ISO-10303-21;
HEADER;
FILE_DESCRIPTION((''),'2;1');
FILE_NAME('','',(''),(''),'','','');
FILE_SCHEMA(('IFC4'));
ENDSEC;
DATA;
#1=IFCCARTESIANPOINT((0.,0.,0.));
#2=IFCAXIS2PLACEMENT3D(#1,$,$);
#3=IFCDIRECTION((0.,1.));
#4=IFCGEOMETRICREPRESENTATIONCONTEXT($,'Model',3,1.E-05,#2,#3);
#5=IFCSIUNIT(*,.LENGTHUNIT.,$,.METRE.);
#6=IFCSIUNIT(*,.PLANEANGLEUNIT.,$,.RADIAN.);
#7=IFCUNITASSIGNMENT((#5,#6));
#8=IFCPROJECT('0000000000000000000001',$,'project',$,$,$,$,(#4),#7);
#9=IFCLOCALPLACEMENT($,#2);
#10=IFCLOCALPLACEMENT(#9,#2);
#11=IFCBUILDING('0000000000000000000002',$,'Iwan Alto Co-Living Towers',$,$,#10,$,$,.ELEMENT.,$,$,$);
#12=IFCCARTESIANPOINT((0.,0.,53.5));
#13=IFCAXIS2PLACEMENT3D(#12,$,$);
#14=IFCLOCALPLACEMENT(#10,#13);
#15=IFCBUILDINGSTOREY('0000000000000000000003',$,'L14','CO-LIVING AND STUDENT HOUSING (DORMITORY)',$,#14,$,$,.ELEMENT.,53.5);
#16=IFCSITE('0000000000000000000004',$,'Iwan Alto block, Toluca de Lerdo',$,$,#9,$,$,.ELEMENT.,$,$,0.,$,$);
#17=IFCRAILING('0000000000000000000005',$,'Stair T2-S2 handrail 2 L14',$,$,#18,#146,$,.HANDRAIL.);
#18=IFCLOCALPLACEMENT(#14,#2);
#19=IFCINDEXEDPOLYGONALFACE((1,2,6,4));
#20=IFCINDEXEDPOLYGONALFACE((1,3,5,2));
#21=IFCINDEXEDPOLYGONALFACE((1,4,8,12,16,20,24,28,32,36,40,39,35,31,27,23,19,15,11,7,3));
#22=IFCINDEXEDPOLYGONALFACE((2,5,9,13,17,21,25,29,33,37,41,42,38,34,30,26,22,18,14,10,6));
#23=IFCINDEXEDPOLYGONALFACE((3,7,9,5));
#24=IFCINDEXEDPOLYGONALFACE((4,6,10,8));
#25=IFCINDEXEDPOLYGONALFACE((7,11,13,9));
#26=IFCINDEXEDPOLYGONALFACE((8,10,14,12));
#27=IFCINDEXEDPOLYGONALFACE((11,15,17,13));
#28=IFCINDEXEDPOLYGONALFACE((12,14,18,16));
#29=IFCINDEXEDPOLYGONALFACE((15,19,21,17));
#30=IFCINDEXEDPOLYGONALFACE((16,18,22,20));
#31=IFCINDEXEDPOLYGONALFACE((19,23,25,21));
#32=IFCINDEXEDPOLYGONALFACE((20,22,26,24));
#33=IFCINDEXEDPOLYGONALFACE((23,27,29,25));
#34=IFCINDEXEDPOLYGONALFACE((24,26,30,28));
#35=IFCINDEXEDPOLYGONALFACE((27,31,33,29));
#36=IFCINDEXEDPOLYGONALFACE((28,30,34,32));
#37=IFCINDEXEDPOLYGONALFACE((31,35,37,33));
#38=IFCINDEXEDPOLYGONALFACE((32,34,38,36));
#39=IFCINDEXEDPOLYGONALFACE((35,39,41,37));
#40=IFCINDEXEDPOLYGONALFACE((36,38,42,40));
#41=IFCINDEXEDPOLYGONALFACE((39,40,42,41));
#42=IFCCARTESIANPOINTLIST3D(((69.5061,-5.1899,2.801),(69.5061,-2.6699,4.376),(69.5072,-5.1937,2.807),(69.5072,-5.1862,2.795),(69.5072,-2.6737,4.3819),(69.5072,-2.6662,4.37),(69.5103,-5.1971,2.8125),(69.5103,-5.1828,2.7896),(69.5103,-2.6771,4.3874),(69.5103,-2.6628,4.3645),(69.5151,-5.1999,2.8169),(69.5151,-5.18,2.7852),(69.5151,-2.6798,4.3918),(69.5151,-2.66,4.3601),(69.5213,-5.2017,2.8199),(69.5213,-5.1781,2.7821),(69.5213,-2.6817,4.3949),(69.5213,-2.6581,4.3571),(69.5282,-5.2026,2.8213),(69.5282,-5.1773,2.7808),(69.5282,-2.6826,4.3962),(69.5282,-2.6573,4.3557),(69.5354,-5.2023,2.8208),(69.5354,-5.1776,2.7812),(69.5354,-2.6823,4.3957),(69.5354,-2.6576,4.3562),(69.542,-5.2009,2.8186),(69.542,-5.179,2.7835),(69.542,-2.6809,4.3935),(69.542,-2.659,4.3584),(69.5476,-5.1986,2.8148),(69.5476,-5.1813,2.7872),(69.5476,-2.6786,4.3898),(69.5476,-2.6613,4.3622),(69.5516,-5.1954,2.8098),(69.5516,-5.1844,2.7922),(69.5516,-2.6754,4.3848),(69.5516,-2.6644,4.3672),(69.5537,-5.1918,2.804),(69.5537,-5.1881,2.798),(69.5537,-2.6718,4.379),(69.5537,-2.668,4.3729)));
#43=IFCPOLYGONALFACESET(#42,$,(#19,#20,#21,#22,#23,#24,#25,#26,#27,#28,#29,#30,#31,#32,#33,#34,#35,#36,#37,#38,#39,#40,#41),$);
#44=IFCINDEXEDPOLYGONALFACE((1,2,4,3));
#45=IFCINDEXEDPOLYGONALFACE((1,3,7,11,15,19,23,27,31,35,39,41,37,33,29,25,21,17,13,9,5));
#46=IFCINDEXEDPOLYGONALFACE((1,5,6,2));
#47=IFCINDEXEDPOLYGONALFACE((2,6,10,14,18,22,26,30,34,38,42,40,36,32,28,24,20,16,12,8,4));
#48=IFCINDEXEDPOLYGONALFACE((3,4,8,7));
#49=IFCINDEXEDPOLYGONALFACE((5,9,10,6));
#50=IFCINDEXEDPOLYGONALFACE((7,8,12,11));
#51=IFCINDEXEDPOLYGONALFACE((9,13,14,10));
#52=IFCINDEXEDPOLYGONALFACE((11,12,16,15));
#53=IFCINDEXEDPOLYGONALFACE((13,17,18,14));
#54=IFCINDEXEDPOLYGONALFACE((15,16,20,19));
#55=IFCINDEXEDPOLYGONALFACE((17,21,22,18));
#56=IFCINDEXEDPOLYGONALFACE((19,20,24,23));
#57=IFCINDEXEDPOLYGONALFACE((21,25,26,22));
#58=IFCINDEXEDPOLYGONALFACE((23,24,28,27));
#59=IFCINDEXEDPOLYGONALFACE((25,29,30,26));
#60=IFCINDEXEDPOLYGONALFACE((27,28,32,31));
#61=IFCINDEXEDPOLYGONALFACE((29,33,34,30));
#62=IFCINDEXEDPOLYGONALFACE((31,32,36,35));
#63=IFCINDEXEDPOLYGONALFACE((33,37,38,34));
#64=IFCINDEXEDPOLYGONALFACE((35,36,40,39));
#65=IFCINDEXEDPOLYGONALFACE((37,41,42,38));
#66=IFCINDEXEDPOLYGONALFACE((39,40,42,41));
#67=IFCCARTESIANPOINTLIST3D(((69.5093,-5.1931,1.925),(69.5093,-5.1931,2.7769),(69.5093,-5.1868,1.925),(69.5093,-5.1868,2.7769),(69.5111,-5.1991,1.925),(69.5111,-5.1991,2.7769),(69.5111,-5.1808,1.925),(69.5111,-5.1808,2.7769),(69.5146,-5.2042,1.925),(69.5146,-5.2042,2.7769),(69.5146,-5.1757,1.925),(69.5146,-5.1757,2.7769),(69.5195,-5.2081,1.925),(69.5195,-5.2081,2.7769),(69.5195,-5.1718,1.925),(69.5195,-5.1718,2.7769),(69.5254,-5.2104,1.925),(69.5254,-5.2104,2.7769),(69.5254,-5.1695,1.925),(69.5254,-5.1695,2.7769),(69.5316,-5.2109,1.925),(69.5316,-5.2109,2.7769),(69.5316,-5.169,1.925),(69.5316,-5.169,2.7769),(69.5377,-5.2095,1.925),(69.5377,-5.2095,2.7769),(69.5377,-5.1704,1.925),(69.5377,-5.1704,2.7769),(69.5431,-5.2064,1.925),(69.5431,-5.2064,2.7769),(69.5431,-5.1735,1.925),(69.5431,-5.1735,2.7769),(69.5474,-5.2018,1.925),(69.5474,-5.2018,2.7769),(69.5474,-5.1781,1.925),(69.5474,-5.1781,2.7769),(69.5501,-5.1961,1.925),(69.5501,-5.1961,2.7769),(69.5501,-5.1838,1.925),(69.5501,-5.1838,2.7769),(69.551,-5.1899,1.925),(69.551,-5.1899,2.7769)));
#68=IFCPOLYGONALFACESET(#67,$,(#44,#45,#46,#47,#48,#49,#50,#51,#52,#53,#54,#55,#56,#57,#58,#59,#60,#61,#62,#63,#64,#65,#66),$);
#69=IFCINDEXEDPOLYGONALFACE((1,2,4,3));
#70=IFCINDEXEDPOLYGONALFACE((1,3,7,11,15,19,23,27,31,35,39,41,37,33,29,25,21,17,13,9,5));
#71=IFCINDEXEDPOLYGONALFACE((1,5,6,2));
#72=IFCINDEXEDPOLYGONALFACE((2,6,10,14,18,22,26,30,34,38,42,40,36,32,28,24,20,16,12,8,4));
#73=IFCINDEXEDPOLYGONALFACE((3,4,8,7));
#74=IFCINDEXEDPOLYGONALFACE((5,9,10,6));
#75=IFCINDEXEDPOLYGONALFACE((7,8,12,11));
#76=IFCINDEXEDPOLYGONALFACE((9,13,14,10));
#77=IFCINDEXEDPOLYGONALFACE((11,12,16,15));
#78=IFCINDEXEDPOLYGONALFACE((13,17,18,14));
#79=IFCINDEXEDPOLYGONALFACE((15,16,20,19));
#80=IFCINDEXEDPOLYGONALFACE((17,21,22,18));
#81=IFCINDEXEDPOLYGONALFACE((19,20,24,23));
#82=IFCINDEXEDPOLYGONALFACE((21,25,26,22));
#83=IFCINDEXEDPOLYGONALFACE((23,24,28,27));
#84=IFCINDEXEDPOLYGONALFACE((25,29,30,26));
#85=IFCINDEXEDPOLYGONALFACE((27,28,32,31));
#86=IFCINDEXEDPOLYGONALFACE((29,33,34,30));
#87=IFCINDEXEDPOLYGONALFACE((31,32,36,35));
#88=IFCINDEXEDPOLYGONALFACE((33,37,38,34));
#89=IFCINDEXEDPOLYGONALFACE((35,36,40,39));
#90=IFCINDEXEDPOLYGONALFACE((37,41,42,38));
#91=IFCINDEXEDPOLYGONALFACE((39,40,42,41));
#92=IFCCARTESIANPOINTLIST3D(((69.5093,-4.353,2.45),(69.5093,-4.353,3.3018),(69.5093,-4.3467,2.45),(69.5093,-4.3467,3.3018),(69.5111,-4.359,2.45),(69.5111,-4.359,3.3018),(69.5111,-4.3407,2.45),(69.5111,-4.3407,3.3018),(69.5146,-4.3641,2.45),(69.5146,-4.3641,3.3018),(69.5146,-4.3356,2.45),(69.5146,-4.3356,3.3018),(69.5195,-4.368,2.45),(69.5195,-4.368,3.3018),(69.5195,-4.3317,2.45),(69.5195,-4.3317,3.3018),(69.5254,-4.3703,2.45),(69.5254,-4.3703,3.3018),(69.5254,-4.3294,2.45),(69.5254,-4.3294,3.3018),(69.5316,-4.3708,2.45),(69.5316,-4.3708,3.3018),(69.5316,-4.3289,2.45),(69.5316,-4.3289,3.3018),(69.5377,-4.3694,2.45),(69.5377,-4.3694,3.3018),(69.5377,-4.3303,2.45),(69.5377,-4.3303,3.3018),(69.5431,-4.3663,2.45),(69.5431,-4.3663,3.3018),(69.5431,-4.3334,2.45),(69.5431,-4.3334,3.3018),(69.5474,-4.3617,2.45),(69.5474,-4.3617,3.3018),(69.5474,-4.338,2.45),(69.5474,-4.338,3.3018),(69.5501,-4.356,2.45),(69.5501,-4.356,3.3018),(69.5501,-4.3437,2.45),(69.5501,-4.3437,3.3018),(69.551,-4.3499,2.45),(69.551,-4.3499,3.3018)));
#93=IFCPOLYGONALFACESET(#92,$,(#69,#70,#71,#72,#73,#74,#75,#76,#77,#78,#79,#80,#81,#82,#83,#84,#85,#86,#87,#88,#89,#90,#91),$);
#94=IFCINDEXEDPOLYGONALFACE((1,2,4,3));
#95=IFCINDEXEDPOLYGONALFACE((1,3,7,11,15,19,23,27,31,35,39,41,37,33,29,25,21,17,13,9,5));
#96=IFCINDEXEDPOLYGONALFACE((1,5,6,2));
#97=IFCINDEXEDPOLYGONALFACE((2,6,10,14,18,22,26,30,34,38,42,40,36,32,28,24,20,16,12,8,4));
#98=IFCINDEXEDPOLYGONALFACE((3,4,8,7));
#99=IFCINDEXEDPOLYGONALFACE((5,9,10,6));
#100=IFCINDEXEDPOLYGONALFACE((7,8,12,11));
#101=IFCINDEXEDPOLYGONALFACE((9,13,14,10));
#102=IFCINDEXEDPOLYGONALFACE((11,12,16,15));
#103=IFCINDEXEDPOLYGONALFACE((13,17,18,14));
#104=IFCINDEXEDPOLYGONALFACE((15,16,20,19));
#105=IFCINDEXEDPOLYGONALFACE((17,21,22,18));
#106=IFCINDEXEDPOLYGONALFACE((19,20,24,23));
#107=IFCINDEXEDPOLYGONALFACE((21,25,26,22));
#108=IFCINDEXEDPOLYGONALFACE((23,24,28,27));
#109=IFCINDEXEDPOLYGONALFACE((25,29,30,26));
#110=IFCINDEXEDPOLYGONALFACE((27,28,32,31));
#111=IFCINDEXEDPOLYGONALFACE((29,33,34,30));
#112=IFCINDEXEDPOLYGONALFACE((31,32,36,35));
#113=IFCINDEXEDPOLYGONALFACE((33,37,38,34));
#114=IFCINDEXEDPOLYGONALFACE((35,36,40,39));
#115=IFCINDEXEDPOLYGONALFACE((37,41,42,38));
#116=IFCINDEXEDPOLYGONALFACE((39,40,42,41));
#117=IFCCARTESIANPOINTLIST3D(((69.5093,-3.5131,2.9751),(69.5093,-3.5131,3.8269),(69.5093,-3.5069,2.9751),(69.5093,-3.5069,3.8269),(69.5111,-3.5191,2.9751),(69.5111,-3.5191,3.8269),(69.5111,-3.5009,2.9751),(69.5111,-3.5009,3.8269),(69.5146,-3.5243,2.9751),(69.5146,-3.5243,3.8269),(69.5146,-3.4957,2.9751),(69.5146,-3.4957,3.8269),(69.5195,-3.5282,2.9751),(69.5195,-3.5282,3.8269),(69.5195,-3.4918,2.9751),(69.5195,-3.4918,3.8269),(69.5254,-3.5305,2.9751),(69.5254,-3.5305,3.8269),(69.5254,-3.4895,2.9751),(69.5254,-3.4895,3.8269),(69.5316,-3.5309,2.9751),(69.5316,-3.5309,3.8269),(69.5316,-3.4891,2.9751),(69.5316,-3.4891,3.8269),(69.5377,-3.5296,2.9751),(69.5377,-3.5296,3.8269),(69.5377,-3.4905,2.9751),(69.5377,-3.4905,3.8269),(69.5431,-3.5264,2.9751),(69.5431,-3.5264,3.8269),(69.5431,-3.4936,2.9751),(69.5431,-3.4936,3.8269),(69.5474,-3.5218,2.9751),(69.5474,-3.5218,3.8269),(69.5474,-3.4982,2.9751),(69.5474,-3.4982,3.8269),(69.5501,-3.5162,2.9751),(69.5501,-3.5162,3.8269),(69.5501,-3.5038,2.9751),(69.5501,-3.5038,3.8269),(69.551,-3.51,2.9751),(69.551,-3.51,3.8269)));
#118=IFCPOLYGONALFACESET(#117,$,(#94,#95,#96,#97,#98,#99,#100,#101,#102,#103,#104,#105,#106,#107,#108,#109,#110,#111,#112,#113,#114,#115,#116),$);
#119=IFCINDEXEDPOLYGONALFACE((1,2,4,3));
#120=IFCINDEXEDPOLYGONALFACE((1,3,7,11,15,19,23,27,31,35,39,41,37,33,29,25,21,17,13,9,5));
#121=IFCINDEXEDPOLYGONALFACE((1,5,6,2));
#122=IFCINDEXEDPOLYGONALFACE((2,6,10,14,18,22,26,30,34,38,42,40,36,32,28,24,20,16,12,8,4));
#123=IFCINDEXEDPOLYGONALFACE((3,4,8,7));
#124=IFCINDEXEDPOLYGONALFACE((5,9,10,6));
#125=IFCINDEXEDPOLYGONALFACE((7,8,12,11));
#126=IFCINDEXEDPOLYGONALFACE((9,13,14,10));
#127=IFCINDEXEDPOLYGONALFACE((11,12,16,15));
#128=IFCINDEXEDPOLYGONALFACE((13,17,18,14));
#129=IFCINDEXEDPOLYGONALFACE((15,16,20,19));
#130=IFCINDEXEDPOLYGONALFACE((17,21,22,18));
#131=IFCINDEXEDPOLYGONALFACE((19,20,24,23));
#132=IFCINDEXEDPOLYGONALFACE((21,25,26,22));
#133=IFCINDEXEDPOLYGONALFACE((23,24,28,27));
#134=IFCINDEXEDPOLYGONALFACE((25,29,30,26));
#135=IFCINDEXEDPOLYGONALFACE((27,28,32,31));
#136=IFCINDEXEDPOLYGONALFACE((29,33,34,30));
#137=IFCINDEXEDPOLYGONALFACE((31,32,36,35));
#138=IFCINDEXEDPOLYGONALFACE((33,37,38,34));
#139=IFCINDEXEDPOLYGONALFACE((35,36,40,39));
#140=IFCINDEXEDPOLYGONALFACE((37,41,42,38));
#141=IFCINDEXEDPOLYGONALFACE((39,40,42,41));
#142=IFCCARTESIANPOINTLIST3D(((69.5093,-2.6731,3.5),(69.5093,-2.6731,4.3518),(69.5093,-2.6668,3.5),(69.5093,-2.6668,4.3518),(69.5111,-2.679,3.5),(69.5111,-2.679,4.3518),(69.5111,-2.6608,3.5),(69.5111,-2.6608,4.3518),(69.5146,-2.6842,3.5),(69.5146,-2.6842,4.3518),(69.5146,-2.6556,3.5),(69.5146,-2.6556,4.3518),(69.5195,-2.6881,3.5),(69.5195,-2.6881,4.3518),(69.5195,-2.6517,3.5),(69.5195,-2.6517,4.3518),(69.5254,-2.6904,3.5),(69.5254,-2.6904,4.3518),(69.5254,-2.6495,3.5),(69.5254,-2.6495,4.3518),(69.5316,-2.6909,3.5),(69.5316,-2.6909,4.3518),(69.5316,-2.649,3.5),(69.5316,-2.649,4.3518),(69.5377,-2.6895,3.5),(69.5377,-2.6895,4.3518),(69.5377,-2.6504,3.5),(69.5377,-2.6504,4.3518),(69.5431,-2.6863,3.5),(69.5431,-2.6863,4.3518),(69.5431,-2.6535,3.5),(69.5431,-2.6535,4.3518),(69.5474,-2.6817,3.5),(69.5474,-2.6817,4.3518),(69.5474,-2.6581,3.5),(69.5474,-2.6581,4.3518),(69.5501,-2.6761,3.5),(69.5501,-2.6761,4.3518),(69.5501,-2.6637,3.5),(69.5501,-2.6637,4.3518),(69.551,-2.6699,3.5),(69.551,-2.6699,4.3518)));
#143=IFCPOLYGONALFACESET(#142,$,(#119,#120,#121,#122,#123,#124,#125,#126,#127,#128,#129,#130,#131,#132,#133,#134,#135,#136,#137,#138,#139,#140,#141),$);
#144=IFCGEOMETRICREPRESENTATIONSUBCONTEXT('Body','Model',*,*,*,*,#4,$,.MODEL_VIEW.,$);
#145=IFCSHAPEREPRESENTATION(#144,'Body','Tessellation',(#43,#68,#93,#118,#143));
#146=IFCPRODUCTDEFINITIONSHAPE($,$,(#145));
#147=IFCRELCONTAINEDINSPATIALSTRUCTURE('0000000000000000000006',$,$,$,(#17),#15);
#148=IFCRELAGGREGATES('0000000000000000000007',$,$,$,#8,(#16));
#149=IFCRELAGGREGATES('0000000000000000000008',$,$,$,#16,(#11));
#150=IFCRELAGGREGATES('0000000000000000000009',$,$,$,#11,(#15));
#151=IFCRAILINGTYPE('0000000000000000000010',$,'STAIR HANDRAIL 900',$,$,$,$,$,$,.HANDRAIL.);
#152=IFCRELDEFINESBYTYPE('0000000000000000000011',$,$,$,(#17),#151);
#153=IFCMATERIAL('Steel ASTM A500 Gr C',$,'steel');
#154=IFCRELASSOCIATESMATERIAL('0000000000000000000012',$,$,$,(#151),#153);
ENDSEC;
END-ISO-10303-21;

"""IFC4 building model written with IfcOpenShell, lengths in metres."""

from ifc_helpers import new_model, si_unit, direction, frame, origin, origin_2d, place, context, subcontext, project, spatial, circle, extrude, material, type_object, element, save


model = new_model("IFC4")

# Units and contexts
model_context = context("Model", 3, precision=1e-05, world=origin(), true_north=direction((0.0, 1.0)))
body_context = subcontext(model_context, "Body", "Model", "MODEL_VIEW")
ifc_project = project(units=[si_unit("LENGTHUNIT", "METRE"), si_unit("PLANEANGLEUNIT", "RADIAN")], contexts=[model_context])

# Site, building, storey
site_placement = place(None, origin())
site = spatial("IfcSite", under=ifc_project, at=site_placement, Name="Iwan Alto block, Toluca de Lerdo", CompositionType="ELEMENT", RefElevation=0.0)
building_placement = place(site_placement, origin())
building = spatial("IfcBuilding", under=site, at=building_placement, Name="Iwan Alto Co-Living Towers", CompositionType="ELEMENT")
storey_placement = place(building_placement, frame((0.0, 0.0, 53.5)))
storey = spatial("IfcBuildingStorey", under=building, at=storey_placement, Name="L14", Description="CO-LIVING AND STUDENT HOUSING (DORMITORY)", CompositionType="ELEMENT", Elevation=53.5)

# Railing
ifc_material_1 = material(Name="Steel ASTM A500 Gr C", Category="steel")
railing_type_1 = type_object("IfcRailingType", Name="STAIR HANDRAIL 900", PredefinedType="HANDRAIL", material=ifc_material_1)
railing_1_placement = place(storey_placement, frame((69.53, -5.1899, 1.925)))
element("IfcRailing", 1, at=railing_1_placement, inside=storey, type_object=railing_type_1, Name="Stair T2-S2 handrail 2 L14", PredefinedType="HANDRAIL", context=body_context, shape_type="SweptSolid", body=[
    extrude(circle(Radius=0.0239, at=origin_2d()), frame((0.0, 0.0, 0.876), z_axis=(0.0, 0.848008, 0.529984), x_axis=(-1.0, 0.0, 0.0)), (0.0, 0.0, 1.0), 2.9717),
    extrude(circle(Radius=0.021, at=origin_2d()), origin(), (0.0, 0.0, 1.0), 0.8518),
    extrude(circle(Radius=0.021, at=origin_2d()), frame((0.0, 0.8401, 0.5249)), (0.0, 0.0, 1.0), 0.8518),
    extrude(circle(Radius=0.021, at=origin_2d()), frame((0.0, 1.6799, 1.05)), (0.0, 0.0, 1.0), 0.8518),
    extrude(circle(Radius=0.021, at=origin_2d()), frame((0.0, 2.52, 1.575)), (0.0, 0.0, 1.0), 0.8518),
])

save(model, "model.ifc")
